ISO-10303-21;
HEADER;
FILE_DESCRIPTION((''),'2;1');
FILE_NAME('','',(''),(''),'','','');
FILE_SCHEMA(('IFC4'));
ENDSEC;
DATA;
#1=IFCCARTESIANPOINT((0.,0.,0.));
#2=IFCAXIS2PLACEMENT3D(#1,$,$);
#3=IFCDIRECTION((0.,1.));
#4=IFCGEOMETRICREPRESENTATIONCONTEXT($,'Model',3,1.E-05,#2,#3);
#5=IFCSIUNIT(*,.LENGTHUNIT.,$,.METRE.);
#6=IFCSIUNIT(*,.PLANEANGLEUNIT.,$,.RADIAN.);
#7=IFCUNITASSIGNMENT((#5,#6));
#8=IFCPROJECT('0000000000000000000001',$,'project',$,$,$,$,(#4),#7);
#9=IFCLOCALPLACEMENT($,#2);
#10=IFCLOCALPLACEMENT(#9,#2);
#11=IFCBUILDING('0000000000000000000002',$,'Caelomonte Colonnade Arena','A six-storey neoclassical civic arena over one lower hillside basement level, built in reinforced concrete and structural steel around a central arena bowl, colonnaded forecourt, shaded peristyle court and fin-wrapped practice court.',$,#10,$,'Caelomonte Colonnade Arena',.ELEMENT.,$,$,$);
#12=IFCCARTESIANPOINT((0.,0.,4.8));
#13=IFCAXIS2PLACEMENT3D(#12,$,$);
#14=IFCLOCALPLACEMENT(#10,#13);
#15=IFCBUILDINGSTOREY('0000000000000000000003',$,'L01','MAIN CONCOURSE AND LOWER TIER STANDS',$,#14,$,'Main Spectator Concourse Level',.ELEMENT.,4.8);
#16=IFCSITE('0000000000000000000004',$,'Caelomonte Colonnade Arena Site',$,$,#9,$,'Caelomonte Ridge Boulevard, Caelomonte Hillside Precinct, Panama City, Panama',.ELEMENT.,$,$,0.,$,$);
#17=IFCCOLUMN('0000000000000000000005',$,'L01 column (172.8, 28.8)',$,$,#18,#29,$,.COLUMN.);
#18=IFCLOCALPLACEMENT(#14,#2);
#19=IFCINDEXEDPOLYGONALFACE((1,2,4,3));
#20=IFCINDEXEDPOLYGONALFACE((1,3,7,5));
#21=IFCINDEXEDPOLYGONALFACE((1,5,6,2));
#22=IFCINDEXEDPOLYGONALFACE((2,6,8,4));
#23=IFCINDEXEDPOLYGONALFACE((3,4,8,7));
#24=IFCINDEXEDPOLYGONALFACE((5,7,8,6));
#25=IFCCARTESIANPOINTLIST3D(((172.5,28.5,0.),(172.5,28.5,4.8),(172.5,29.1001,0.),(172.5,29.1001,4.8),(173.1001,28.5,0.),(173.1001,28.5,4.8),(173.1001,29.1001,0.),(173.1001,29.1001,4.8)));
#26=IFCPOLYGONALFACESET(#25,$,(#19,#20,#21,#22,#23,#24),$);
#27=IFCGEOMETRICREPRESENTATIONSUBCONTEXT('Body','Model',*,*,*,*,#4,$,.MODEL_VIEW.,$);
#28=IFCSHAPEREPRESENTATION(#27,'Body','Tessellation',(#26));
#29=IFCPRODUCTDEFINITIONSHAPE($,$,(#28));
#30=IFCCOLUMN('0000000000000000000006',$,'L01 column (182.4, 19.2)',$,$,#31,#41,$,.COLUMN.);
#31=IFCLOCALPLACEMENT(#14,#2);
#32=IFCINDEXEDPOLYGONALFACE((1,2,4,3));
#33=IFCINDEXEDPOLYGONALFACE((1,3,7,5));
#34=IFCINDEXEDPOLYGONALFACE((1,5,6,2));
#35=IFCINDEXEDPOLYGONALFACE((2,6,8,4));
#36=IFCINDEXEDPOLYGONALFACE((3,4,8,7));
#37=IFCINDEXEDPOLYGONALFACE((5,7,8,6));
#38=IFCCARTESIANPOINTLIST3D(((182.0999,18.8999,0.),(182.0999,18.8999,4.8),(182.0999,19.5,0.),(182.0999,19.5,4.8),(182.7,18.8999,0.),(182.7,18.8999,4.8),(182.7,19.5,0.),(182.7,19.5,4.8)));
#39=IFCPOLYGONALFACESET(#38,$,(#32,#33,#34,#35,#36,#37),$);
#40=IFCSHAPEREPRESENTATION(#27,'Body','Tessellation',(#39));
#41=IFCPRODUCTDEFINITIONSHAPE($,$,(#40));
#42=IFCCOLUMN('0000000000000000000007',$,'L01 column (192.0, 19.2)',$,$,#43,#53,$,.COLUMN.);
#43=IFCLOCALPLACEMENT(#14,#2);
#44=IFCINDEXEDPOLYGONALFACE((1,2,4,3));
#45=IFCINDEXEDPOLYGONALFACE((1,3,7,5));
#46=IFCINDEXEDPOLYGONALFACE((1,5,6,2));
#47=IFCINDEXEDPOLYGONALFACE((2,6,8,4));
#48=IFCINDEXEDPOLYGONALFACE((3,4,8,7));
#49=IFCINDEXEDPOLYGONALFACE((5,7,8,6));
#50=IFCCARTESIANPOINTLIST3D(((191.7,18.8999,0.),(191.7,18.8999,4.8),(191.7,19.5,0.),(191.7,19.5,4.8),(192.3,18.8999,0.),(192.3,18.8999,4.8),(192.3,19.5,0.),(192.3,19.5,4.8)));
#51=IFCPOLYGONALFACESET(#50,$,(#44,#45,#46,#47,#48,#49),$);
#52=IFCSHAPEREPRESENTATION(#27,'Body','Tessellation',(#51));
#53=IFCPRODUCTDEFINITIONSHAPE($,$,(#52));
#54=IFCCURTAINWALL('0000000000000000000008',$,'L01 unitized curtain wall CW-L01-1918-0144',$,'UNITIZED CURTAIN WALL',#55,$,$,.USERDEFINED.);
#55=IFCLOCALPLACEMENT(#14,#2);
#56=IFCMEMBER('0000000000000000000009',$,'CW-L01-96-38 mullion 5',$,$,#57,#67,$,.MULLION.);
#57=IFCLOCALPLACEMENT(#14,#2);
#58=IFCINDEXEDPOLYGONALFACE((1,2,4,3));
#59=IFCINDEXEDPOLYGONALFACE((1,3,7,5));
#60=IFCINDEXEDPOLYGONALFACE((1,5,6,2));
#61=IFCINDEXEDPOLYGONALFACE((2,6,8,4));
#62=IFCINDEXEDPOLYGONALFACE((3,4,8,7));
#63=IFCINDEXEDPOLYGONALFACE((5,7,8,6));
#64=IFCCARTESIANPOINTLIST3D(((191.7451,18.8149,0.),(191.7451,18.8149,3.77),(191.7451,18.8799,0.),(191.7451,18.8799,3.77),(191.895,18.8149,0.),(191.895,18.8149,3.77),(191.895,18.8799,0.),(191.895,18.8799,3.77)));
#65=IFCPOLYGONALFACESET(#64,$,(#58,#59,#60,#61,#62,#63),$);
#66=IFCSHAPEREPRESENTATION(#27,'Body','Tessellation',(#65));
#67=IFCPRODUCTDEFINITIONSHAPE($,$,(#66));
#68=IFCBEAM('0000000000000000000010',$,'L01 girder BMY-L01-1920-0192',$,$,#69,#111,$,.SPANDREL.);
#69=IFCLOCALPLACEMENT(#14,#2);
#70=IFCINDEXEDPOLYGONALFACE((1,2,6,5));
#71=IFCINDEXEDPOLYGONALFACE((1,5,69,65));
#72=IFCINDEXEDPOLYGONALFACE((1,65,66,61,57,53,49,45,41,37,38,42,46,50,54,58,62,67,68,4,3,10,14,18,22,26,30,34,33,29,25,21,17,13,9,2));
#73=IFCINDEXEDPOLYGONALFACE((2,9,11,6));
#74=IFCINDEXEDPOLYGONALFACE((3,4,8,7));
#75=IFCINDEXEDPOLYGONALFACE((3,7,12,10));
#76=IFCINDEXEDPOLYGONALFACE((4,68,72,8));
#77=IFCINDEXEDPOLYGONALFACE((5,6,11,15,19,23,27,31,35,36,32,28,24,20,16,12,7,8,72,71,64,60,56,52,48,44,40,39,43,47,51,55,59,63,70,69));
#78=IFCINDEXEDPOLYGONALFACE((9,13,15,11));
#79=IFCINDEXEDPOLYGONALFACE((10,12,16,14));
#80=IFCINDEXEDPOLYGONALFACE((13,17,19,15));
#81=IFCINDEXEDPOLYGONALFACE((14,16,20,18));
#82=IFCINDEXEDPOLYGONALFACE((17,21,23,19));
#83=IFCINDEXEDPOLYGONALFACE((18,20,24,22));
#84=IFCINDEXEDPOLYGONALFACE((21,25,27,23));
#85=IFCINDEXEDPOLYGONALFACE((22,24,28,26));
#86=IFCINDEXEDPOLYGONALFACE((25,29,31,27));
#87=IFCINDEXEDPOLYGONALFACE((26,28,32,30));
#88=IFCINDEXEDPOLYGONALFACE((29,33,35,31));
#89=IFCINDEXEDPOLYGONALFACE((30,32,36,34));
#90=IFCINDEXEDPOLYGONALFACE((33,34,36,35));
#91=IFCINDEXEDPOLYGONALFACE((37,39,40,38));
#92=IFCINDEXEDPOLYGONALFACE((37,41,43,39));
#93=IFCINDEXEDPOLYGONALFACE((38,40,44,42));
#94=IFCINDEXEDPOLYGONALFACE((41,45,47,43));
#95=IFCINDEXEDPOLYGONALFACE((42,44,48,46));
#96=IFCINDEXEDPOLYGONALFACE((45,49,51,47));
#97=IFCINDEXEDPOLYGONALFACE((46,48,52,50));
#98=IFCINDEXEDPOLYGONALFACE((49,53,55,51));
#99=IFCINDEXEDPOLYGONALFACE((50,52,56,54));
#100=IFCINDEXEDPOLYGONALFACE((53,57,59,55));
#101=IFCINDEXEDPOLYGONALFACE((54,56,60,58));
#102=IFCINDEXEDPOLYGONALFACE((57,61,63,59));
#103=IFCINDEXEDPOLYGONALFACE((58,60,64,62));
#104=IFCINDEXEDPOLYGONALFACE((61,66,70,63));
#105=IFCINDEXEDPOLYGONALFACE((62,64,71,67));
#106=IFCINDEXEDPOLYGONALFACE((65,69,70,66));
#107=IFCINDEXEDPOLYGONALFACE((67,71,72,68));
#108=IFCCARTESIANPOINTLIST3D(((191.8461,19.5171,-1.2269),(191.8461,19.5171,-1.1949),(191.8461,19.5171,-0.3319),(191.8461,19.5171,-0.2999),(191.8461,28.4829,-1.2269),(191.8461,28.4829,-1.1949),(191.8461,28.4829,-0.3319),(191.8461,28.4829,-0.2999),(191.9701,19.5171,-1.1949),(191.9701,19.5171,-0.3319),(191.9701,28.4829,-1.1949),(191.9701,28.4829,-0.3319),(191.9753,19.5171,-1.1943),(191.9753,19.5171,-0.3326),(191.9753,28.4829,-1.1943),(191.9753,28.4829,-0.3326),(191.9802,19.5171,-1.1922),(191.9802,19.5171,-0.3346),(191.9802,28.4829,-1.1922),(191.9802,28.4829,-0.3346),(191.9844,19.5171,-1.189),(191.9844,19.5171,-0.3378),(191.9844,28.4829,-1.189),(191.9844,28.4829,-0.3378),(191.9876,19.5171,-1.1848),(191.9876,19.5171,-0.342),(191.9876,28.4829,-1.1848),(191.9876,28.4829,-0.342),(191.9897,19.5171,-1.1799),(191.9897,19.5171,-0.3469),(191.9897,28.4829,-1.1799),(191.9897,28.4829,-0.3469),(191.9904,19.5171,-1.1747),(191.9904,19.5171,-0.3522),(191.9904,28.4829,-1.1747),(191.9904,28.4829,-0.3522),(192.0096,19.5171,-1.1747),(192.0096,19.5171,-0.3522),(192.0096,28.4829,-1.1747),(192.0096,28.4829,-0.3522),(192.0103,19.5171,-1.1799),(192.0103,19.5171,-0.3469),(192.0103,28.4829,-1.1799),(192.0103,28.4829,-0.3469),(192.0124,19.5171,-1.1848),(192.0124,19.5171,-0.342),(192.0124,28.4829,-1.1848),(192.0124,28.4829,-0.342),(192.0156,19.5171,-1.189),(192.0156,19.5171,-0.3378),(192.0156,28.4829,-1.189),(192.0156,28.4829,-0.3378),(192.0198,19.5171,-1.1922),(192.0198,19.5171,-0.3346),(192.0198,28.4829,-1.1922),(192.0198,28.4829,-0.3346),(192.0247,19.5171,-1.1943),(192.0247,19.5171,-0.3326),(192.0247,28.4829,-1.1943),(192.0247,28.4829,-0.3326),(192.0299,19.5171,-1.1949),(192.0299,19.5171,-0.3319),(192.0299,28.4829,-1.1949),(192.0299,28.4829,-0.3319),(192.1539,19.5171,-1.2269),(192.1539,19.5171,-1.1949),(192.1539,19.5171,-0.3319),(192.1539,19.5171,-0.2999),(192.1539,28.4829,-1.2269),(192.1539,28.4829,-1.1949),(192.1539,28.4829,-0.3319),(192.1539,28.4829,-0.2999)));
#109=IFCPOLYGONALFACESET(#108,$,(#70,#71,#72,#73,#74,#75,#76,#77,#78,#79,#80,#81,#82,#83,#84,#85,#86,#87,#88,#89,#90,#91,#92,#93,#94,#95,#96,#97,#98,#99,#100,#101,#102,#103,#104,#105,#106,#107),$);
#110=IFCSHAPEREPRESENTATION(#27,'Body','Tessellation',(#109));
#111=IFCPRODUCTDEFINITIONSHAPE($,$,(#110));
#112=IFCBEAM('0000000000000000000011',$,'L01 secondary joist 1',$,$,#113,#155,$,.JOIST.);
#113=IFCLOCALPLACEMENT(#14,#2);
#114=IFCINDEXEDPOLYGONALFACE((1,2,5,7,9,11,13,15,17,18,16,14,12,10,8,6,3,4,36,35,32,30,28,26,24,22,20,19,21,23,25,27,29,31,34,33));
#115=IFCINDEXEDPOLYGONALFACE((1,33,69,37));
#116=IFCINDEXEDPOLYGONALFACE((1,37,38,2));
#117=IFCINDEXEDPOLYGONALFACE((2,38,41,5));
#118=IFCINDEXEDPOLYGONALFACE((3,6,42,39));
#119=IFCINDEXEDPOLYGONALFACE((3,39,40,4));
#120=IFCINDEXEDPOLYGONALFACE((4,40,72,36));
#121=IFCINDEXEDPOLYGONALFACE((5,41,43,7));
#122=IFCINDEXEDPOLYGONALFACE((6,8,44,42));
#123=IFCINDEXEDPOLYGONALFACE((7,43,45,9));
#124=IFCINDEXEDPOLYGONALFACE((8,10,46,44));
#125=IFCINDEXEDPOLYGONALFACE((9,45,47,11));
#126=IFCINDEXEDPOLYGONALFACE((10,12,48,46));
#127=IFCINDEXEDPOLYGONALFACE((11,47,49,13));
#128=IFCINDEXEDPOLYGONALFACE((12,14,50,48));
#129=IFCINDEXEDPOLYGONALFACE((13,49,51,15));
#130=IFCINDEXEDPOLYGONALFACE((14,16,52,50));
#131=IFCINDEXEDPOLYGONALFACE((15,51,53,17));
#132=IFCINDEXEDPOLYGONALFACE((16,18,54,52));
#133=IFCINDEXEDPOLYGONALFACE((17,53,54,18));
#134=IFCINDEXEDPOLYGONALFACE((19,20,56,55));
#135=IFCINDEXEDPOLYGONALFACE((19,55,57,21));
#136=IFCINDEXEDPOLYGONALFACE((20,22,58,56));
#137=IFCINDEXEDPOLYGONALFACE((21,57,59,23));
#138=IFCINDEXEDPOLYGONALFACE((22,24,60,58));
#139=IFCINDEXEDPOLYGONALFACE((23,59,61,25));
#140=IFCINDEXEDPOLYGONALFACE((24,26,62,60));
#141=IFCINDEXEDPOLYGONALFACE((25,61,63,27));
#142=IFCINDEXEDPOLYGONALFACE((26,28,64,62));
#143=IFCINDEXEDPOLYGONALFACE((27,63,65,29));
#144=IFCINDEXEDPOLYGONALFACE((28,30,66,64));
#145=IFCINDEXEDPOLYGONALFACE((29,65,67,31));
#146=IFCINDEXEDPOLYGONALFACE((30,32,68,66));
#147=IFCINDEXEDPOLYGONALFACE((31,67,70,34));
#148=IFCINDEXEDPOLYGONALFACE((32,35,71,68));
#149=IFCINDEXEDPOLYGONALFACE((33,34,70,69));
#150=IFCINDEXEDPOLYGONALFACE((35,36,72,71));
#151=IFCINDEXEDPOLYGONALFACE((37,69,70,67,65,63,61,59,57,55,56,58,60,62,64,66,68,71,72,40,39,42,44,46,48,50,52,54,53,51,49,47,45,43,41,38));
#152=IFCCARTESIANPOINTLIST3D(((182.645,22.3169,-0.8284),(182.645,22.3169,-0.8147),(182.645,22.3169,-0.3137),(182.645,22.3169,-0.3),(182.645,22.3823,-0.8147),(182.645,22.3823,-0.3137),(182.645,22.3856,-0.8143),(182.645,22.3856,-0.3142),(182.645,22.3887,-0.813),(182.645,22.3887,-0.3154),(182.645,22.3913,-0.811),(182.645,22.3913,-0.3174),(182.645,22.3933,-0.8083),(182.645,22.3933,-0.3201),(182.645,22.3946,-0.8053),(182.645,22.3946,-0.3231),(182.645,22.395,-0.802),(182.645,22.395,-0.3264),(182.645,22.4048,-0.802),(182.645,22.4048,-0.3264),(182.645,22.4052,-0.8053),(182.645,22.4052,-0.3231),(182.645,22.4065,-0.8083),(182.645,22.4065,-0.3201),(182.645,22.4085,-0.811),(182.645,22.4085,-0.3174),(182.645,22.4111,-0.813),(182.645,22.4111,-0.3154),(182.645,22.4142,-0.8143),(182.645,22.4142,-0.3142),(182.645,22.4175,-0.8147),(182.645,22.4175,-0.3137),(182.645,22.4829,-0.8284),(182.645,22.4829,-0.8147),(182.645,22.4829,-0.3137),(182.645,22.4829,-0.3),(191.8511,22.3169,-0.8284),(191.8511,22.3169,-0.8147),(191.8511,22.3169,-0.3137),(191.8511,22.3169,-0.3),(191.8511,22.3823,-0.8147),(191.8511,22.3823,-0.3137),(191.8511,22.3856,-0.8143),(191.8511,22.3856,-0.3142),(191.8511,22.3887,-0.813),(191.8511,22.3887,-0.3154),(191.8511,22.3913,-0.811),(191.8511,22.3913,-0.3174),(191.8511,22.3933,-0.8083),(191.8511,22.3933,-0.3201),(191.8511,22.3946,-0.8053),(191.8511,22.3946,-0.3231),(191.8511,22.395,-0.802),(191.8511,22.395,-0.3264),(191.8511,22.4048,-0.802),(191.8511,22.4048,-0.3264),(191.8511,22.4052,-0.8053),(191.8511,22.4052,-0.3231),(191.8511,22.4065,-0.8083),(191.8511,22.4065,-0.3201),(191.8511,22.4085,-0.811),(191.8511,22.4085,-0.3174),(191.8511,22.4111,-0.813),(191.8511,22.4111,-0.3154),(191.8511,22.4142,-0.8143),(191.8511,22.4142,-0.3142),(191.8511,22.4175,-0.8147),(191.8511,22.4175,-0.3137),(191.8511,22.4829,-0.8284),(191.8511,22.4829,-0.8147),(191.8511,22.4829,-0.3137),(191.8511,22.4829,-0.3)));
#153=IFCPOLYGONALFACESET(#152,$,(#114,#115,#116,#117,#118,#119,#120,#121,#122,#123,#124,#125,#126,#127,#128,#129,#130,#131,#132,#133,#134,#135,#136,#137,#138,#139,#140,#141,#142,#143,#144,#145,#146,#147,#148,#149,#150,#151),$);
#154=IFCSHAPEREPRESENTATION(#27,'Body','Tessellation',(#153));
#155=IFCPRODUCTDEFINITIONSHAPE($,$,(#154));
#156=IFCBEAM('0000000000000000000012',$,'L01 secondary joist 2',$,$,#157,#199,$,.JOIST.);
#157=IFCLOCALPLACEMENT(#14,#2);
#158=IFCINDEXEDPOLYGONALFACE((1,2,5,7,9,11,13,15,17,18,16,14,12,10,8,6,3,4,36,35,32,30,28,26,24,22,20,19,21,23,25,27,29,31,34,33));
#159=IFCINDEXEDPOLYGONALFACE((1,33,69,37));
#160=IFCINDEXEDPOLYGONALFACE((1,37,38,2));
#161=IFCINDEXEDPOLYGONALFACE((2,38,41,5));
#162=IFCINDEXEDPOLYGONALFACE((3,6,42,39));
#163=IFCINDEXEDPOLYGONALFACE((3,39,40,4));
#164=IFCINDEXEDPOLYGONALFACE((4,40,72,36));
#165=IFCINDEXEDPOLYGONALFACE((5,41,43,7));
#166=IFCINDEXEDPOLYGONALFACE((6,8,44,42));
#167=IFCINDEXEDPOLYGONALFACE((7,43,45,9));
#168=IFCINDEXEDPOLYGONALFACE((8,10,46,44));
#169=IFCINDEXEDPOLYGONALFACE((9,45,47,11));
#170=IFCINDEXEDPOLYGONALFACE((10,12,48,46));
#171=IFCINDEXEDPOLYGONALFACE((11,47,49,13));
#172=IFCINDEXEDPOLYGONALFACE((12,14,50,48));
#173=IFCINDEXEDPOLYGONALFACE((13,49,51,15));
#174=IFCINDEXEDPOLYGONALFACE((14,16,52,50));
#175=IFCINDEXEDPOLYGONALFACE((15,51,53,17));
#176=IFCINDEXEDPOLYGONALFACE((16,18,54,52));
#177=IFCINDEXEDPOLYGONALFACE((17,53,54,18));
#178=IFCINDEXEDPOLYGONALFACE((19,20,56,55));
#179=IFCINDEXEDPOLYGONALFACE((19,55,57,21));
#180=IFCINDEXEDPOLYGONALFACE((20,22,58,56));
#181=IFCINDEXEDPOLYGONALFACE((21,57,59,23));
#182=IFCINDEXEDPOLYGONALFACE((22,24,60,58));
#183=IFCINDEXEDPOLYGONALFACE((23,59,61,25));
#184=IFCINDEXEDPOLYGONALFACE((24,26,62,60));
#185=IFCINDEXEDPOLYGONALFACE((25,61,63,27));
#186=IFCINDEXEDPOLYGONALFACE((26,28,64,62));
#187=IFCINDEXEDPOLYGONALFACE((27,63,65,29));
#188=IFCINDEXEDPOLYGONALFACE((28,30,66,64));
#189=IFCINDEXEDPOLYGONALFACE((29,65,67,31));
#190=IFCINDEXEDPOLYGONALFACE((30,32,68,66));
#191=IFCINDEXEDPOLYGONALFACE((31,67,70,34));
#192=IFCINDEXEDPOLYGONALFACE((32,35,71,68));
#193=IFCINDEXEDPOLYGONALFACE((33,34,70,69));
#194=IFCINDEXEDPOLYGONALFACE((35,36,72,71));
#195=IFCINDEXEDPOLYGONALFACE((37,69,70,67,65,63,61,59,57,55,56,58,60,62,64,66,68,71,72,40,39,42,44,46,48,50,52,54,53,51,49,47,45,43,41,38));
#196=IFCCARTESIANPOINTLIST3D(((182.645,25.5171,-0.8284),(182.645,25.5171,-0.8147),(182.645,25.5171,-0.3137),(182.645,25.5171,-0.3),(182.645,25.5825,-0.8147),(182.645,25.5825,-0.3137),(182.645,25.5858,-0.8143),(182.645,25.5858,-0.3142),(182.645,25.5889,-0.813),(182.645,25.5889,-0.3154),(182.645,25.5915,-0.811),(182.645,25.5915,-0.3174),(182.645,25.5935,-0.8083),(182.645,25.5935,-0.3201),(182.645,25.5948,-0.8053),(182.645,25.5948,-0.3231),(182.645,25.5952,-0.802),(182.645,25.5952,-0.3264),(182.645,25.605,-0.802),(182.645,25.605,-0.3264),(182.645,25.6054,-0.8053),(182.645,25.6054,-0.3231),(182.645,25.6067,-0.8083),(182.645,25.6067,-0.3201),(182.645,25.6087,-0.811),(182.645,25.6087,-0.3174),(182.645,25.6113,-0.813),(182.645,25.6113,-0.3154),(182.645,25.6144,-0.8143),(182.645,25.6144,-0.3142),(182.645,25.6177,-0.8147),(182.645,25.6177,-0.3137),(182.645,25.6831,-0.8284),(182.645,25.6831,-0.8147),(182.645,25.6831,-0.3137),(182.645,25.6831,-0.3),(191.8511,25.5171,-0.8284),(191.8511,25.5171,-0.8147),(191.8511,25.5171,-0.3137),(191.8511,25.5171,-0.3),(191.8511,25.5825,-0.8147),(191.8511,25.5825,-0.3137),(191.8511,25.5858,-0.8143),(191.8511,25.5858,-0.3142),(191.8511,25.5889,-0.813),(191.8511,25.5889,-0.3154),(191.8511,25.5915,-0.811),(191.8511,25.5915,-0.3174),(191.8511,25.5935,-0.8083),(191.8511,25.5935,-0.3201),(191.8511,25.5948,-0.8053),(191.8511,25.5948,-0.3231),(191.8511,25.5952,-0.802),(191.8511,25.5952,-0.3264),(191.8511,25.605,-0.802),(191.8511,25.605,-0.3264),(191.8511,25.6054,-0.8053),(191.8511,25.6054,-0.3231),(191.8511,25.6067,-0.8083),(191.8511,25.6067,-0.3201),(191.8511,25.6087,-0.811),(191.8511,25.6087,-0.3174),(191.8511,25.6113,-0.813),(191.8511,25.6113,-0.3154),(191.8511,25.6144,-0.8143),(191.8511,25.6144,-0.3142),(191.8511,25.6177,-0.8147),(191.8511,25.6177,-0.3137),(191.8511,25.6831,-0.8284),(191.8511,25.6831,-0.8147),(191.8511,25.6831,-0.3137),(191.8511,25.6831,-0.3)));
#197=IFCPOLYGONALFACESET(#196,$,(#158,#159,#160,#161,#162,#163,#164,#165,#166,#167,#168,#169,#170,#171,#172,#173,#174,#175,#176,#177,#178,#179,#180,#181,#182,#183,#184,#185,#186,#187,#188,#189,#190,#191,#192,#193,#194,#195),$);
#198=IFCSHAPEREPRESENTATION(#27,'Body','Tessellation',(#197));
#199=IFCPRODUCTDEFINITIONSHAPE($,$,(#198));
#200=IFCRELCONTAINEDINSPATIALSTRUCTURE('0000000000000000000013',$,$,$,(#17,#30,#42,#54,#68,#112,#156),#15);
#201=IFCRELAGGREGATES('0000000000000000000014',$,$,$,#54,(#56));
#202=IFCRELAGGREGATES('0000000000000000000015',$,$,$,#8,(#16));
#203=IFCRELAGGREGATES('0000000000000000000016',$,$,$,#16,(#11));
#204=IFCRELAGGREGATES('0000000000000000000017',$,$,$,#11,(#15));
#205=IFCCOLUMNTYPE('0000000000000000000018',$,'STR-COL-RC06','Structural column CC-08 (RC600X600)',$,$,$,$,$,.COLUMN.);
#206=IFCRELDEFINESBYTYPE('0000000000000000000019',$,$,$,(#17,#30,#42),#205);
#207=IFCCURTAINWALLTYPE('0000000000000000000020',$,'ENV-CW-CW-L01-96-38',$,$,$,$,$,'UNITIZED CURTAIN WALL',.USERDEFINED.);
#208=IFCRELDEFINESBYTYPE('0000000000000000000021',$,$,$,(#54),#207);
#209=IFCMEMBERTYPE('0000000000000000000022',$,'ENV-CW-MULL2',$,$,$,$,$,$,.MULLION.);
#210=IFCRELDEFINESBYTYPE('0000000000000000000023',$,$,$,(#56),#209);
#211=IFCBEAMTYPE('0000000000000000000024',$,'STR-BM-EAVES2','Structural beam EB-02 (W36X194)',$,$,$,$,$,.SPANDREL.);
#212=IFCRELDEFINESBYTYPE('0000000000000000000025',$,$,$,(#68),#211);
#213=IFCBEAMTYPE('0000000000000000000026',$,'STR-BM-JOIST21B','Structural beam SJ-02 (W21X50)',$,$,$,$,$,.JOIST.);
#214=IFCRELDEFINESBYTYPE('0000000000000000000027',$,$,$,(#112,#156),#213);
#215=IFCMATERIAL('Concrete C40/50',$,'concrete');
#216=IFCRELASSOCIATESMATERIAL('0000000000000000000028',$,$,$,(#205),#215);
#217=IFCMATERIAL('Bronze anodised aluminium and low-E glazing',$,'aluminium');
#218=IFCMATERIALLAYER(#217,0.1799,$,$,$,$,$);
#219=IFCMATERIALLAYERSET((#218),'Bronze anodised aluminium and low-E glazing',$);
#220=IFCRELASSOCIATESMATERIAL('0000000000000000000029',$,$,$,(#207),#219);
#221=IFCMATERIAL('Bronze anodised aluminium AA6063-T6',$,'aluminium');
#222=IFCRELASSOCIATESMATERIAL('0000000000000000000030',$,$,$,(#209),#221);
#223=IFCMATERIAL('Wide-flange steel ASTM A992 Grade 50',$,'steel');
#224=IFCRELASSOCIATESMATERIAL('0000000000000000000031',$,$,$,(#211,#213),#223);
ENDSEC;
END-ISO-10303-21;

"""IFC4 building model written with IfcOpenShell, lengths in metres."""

from ifc_helpers import new_model, si_unit, direction, frame, origin, origin_2d, place, context, subcontext, project, spatial, rectangle, i_section, extrude, material, layer, layer_set, material_profile, profile_set, type_object, element, aggregate, save


model = new_model("IFC4")

# Units and contexts
model_context = context("Model", 3, precision=1e-05, world=origin(), true_north=direction((0.0, 1.0)))
body_context = subcontext(model_context, "Body", "Model", "MODEL_VIEW")
ifc_project = project(units=[si_unit("LENGTHUNIT", "METRE"), si_unit("PLANEANGLEUNIT", "RADIAN")], contexts=[model_context])

# Site, building, storey
site_placement = place(None, origin())
site = spatial("IfcSite", under=ifc_project, at=site_placement, Name="Caelomonte Colonnade Arena Site", LongName="Caelomonte Ridge Boulevard, Caelomonte Hillside Precinct, Panama City, Panama", CompositionType="ELEMENT", RefElevation=0.0)
building_placement = place(site_placement, origin())
building = spatial("IfcBuilding", under=site, at=building_placement, Name="Caelomonte Colonnade Arena", Description="A six-storey neoclassical civic arena over one lower hillside basement level, built in reinforced concrete and structural steel around a central arena bowl, colonnaded forecourt, shaded peristyle court and fin-wrapped practice court.", LongName="Caelomonte Colonnade Arena", CompositionType="ELEMENT")
storey_placement = place(building_placement, frame((0.0, 0.0, 4.8)))
storey = spatial("IfcBuildingStorey", under=building, at=storey_placement, Name="L01", Description="MAIN CONCOURSE AND LOWER TIER STANDS", LongName="Main Spectator Concourse Level", CompositionType="ELEMENT", Elevation=4.8)

# Columns
ifc_material_1 = material(Name="Concrete C40/50", Category="concrete")
ifc_material_profile_1 = material_profile(ifc_material_1, rectangle(XDim=0.6001, YDim=0.6001, at=origin_2d()), Name="RC600X600")
ifc_profile_set_1 = profile_set([ifc_material_profile_1], Name="Concrete C40/50")
column_type = type_object("IfcColumnType", Name="STR-COL-RC06", Description="Structural column CC-08 (RC600X600)", PredefinedType="COLUMN", material=ifc_profile_set_1)
for number, where, z_axis, x_axis, name in (
    (1, (172.8, 28.8, 0.0), (0.0, 0.0, 1.0), (1.0, 0.0, 0.0), "L01 column (172.8, 28.8)"),
    (2, (182.3999, 19.2, 0.0), (0.0, 0.0, 1.0), (1.0, 0.0, 0.0), "L01 column (182.4, 19.2)"),
    (3, (192.0, 19.2, 0.0), (0.0, 0.0, 1.0), (1.0, 0.0, 0.0), "L01 column (192.0, 19.2)"),
):
    element("IfcColumn", number, at=place(storey_placement, frame(where, z_axis=z_axis, x_axis=x_axis)), inside=storey, type_object=column_type, Name=name, PredefinedType="COLUMN", context=body_context, shape_type="SweptSolid", body=[
        extrude(rectangle(XDim=0.6001, YDim=0.6001, at=origin_2d()), origin(), (0.0, 0.0, 1.0), 4.8),
    ])

# Curtain wall, member
ifc_material_2 = material(Name="Bronze anodised aluminium and low-E glazing", Category="aluminium")
ifc_layer_1 = layer(ifc_material_2, 0.1799)
ifc_layer_set_1 = layer_set([ifc_layer_1], Name="Bronze anodised aluminium and low-E glazing")
curtain_wall_type = type_object("IfcCurtainWallType", Name="ENV-CW-CW-L01-96-38", ElementType="UNITIZED CURTAIN WALL", PredefinedType="USERDEFINED", material=ifc_layer_set_1)
curtain_wall_placement = place(storey_placement, origin())
curtain_wall = element("IfcCurtainWall", 4, at=curtain_wall_placement, inside=storey, type_object=curtain_wall_type, Name="L01 unitized curtain wall CW-L01-1918-0144", ObjectType="UNITIZED CURTAIN WALL", PredefinedType="USERDEFINED")
ifc_material_3 = material(Name="Bronze anodised aluminium AA6063-T6", Category="aluminium")
ifc_material_profile_2 = material_profile(ifc_material_3, rectangle(XDim=0.0649, YDim=0.1499, at=origin_2d()), Name="CWM-65X150")
ifc_profile_set_2 = profile_set([ifc_material_profile_2], Name="Bronze anodised aluminium AA6063-T6")
member_type = type_object("IfcMemberType", Name="ENV-CW-MULL2", PredefinedType="MULLION", material=ifc_profile_set_2)
member_placement = place(storey_placement, frame((191.8201, 18.8474, 0.0), z_axis=(0.0, 0.0, 1.0), x_axis=(0.0, 1.0, 0.0)))
member = element("IfcMember", 5, at=member_placement, type_object=member_type, Name="CW-L01-96-38 mullion 5", PredefinedType="MULLION", context=body_context, shape_type="SweptSolid", body=[
    extrude(rectangle(XDim=0.0649, YDim=0.1499, at=origin_2d()), origin(), (0.0, 0.0, 1.0), 3.77),
])
aggregate(curtain_wall, [member])

# Beams
ifc_material_4 = material(Name="Wide-flange steel ASTM A992 Grade 50", Category="steel")
ifc_material_profile_3 = material_profile(ifc_material_4, i_section(OverallWidth=0.3079, OverallDepth=0.927, WebThickness=0.0193, FlangeThickness=0.032, FilletRadius=0.0203, at=origin_2d()), Name="W36X194")
ifc_profile_set_3 = profile_set([ifc_material_profile_3], Name="Wide-flange steel ASTM A992 Grade 50")
beam_type_1 = type_object("IfcBeamType", Name="STR-BM-EAVES2", Description="Structural beam EB-02 (W36X194)", PredefinedType="SPANDREL", material=ifc_profile_set_3)
beam_1_placement = place(storey_placement, frame((192.0, 19.5171, -0.7634), z_axis=(0.0, 1.0, 0.0), x_axis=(-1.0, 0.0, 0.0)))
element("IfcBeam", 6, at=beam_1_placement, inside=storey, type_object=beam_type_1, Name="L01 girder BMY-L01-1920-0192", PredefinedType="SPANDREL", context=body_context, shape_type="SweptSolid", body=[
    extrude(i_section(OverallWidth=0.3079, OverallDepth=0.927, WebThickness=0.0193, FlangeThickness=0.032, FilletRadius=0.0203, at=origin_2d()), origin(), (0.0, 0.0, 1.0), 8.9658),
])
ifc_material_profile_4 = material_profile(ifc_material_4, i_section(OverallWidth=0.166, OverallDepth=0.5283, WebThickness=0.0098, FlangeThickness=0.0137, FilletRadius=0.0127, at=origin_2d()), Name="W21X50")
ifc_profile_set_4 = profile_set([ifc_material_profile_4], Name="Wide-flange steel ASTM A992 Grade 50")
beam_type_2 = type_object("IfcBeamType", Name="STR-BM-JOIST21B", Description="Structural beam SJ-02 (W21X50)", PredefinedType="JOIST", material=ifc_profile_set_4)
for number, where, z_axis, x_axis, name in (
    (7, (182.645, 22.3999, -0.5642), (1.0, 0.0, 0.0), (0.0, 1.0, 0.0), "L01 secondary joist 1"),
    (8, (182.645, 25.6001, -0.5642), (1.0, 0.0, 0.0), (0.0, 1.0, 0.0), "L01 secondary joist 2"),
):
    element("IfcBeam", number, at=place(storey_placement, frame(where, z_axis=z_axis, x_axis=x_axis)), inside=storey, type_object=beam_type_2, Name=name, PredefinedType="JOIST", context=body_context, shape_type="SweptSolid", body=[
        extrude(i_section(OverallWidth=0.166, OverallDepth=0.5283, WebThickness=0.0098, FlangeThickness=0.0137, FilletRadius=0.0127, at=origin_2d()), origin(), (0.0, 0.0, 1.0), 9.2061),
    ])

save(model, "model.ifc")
